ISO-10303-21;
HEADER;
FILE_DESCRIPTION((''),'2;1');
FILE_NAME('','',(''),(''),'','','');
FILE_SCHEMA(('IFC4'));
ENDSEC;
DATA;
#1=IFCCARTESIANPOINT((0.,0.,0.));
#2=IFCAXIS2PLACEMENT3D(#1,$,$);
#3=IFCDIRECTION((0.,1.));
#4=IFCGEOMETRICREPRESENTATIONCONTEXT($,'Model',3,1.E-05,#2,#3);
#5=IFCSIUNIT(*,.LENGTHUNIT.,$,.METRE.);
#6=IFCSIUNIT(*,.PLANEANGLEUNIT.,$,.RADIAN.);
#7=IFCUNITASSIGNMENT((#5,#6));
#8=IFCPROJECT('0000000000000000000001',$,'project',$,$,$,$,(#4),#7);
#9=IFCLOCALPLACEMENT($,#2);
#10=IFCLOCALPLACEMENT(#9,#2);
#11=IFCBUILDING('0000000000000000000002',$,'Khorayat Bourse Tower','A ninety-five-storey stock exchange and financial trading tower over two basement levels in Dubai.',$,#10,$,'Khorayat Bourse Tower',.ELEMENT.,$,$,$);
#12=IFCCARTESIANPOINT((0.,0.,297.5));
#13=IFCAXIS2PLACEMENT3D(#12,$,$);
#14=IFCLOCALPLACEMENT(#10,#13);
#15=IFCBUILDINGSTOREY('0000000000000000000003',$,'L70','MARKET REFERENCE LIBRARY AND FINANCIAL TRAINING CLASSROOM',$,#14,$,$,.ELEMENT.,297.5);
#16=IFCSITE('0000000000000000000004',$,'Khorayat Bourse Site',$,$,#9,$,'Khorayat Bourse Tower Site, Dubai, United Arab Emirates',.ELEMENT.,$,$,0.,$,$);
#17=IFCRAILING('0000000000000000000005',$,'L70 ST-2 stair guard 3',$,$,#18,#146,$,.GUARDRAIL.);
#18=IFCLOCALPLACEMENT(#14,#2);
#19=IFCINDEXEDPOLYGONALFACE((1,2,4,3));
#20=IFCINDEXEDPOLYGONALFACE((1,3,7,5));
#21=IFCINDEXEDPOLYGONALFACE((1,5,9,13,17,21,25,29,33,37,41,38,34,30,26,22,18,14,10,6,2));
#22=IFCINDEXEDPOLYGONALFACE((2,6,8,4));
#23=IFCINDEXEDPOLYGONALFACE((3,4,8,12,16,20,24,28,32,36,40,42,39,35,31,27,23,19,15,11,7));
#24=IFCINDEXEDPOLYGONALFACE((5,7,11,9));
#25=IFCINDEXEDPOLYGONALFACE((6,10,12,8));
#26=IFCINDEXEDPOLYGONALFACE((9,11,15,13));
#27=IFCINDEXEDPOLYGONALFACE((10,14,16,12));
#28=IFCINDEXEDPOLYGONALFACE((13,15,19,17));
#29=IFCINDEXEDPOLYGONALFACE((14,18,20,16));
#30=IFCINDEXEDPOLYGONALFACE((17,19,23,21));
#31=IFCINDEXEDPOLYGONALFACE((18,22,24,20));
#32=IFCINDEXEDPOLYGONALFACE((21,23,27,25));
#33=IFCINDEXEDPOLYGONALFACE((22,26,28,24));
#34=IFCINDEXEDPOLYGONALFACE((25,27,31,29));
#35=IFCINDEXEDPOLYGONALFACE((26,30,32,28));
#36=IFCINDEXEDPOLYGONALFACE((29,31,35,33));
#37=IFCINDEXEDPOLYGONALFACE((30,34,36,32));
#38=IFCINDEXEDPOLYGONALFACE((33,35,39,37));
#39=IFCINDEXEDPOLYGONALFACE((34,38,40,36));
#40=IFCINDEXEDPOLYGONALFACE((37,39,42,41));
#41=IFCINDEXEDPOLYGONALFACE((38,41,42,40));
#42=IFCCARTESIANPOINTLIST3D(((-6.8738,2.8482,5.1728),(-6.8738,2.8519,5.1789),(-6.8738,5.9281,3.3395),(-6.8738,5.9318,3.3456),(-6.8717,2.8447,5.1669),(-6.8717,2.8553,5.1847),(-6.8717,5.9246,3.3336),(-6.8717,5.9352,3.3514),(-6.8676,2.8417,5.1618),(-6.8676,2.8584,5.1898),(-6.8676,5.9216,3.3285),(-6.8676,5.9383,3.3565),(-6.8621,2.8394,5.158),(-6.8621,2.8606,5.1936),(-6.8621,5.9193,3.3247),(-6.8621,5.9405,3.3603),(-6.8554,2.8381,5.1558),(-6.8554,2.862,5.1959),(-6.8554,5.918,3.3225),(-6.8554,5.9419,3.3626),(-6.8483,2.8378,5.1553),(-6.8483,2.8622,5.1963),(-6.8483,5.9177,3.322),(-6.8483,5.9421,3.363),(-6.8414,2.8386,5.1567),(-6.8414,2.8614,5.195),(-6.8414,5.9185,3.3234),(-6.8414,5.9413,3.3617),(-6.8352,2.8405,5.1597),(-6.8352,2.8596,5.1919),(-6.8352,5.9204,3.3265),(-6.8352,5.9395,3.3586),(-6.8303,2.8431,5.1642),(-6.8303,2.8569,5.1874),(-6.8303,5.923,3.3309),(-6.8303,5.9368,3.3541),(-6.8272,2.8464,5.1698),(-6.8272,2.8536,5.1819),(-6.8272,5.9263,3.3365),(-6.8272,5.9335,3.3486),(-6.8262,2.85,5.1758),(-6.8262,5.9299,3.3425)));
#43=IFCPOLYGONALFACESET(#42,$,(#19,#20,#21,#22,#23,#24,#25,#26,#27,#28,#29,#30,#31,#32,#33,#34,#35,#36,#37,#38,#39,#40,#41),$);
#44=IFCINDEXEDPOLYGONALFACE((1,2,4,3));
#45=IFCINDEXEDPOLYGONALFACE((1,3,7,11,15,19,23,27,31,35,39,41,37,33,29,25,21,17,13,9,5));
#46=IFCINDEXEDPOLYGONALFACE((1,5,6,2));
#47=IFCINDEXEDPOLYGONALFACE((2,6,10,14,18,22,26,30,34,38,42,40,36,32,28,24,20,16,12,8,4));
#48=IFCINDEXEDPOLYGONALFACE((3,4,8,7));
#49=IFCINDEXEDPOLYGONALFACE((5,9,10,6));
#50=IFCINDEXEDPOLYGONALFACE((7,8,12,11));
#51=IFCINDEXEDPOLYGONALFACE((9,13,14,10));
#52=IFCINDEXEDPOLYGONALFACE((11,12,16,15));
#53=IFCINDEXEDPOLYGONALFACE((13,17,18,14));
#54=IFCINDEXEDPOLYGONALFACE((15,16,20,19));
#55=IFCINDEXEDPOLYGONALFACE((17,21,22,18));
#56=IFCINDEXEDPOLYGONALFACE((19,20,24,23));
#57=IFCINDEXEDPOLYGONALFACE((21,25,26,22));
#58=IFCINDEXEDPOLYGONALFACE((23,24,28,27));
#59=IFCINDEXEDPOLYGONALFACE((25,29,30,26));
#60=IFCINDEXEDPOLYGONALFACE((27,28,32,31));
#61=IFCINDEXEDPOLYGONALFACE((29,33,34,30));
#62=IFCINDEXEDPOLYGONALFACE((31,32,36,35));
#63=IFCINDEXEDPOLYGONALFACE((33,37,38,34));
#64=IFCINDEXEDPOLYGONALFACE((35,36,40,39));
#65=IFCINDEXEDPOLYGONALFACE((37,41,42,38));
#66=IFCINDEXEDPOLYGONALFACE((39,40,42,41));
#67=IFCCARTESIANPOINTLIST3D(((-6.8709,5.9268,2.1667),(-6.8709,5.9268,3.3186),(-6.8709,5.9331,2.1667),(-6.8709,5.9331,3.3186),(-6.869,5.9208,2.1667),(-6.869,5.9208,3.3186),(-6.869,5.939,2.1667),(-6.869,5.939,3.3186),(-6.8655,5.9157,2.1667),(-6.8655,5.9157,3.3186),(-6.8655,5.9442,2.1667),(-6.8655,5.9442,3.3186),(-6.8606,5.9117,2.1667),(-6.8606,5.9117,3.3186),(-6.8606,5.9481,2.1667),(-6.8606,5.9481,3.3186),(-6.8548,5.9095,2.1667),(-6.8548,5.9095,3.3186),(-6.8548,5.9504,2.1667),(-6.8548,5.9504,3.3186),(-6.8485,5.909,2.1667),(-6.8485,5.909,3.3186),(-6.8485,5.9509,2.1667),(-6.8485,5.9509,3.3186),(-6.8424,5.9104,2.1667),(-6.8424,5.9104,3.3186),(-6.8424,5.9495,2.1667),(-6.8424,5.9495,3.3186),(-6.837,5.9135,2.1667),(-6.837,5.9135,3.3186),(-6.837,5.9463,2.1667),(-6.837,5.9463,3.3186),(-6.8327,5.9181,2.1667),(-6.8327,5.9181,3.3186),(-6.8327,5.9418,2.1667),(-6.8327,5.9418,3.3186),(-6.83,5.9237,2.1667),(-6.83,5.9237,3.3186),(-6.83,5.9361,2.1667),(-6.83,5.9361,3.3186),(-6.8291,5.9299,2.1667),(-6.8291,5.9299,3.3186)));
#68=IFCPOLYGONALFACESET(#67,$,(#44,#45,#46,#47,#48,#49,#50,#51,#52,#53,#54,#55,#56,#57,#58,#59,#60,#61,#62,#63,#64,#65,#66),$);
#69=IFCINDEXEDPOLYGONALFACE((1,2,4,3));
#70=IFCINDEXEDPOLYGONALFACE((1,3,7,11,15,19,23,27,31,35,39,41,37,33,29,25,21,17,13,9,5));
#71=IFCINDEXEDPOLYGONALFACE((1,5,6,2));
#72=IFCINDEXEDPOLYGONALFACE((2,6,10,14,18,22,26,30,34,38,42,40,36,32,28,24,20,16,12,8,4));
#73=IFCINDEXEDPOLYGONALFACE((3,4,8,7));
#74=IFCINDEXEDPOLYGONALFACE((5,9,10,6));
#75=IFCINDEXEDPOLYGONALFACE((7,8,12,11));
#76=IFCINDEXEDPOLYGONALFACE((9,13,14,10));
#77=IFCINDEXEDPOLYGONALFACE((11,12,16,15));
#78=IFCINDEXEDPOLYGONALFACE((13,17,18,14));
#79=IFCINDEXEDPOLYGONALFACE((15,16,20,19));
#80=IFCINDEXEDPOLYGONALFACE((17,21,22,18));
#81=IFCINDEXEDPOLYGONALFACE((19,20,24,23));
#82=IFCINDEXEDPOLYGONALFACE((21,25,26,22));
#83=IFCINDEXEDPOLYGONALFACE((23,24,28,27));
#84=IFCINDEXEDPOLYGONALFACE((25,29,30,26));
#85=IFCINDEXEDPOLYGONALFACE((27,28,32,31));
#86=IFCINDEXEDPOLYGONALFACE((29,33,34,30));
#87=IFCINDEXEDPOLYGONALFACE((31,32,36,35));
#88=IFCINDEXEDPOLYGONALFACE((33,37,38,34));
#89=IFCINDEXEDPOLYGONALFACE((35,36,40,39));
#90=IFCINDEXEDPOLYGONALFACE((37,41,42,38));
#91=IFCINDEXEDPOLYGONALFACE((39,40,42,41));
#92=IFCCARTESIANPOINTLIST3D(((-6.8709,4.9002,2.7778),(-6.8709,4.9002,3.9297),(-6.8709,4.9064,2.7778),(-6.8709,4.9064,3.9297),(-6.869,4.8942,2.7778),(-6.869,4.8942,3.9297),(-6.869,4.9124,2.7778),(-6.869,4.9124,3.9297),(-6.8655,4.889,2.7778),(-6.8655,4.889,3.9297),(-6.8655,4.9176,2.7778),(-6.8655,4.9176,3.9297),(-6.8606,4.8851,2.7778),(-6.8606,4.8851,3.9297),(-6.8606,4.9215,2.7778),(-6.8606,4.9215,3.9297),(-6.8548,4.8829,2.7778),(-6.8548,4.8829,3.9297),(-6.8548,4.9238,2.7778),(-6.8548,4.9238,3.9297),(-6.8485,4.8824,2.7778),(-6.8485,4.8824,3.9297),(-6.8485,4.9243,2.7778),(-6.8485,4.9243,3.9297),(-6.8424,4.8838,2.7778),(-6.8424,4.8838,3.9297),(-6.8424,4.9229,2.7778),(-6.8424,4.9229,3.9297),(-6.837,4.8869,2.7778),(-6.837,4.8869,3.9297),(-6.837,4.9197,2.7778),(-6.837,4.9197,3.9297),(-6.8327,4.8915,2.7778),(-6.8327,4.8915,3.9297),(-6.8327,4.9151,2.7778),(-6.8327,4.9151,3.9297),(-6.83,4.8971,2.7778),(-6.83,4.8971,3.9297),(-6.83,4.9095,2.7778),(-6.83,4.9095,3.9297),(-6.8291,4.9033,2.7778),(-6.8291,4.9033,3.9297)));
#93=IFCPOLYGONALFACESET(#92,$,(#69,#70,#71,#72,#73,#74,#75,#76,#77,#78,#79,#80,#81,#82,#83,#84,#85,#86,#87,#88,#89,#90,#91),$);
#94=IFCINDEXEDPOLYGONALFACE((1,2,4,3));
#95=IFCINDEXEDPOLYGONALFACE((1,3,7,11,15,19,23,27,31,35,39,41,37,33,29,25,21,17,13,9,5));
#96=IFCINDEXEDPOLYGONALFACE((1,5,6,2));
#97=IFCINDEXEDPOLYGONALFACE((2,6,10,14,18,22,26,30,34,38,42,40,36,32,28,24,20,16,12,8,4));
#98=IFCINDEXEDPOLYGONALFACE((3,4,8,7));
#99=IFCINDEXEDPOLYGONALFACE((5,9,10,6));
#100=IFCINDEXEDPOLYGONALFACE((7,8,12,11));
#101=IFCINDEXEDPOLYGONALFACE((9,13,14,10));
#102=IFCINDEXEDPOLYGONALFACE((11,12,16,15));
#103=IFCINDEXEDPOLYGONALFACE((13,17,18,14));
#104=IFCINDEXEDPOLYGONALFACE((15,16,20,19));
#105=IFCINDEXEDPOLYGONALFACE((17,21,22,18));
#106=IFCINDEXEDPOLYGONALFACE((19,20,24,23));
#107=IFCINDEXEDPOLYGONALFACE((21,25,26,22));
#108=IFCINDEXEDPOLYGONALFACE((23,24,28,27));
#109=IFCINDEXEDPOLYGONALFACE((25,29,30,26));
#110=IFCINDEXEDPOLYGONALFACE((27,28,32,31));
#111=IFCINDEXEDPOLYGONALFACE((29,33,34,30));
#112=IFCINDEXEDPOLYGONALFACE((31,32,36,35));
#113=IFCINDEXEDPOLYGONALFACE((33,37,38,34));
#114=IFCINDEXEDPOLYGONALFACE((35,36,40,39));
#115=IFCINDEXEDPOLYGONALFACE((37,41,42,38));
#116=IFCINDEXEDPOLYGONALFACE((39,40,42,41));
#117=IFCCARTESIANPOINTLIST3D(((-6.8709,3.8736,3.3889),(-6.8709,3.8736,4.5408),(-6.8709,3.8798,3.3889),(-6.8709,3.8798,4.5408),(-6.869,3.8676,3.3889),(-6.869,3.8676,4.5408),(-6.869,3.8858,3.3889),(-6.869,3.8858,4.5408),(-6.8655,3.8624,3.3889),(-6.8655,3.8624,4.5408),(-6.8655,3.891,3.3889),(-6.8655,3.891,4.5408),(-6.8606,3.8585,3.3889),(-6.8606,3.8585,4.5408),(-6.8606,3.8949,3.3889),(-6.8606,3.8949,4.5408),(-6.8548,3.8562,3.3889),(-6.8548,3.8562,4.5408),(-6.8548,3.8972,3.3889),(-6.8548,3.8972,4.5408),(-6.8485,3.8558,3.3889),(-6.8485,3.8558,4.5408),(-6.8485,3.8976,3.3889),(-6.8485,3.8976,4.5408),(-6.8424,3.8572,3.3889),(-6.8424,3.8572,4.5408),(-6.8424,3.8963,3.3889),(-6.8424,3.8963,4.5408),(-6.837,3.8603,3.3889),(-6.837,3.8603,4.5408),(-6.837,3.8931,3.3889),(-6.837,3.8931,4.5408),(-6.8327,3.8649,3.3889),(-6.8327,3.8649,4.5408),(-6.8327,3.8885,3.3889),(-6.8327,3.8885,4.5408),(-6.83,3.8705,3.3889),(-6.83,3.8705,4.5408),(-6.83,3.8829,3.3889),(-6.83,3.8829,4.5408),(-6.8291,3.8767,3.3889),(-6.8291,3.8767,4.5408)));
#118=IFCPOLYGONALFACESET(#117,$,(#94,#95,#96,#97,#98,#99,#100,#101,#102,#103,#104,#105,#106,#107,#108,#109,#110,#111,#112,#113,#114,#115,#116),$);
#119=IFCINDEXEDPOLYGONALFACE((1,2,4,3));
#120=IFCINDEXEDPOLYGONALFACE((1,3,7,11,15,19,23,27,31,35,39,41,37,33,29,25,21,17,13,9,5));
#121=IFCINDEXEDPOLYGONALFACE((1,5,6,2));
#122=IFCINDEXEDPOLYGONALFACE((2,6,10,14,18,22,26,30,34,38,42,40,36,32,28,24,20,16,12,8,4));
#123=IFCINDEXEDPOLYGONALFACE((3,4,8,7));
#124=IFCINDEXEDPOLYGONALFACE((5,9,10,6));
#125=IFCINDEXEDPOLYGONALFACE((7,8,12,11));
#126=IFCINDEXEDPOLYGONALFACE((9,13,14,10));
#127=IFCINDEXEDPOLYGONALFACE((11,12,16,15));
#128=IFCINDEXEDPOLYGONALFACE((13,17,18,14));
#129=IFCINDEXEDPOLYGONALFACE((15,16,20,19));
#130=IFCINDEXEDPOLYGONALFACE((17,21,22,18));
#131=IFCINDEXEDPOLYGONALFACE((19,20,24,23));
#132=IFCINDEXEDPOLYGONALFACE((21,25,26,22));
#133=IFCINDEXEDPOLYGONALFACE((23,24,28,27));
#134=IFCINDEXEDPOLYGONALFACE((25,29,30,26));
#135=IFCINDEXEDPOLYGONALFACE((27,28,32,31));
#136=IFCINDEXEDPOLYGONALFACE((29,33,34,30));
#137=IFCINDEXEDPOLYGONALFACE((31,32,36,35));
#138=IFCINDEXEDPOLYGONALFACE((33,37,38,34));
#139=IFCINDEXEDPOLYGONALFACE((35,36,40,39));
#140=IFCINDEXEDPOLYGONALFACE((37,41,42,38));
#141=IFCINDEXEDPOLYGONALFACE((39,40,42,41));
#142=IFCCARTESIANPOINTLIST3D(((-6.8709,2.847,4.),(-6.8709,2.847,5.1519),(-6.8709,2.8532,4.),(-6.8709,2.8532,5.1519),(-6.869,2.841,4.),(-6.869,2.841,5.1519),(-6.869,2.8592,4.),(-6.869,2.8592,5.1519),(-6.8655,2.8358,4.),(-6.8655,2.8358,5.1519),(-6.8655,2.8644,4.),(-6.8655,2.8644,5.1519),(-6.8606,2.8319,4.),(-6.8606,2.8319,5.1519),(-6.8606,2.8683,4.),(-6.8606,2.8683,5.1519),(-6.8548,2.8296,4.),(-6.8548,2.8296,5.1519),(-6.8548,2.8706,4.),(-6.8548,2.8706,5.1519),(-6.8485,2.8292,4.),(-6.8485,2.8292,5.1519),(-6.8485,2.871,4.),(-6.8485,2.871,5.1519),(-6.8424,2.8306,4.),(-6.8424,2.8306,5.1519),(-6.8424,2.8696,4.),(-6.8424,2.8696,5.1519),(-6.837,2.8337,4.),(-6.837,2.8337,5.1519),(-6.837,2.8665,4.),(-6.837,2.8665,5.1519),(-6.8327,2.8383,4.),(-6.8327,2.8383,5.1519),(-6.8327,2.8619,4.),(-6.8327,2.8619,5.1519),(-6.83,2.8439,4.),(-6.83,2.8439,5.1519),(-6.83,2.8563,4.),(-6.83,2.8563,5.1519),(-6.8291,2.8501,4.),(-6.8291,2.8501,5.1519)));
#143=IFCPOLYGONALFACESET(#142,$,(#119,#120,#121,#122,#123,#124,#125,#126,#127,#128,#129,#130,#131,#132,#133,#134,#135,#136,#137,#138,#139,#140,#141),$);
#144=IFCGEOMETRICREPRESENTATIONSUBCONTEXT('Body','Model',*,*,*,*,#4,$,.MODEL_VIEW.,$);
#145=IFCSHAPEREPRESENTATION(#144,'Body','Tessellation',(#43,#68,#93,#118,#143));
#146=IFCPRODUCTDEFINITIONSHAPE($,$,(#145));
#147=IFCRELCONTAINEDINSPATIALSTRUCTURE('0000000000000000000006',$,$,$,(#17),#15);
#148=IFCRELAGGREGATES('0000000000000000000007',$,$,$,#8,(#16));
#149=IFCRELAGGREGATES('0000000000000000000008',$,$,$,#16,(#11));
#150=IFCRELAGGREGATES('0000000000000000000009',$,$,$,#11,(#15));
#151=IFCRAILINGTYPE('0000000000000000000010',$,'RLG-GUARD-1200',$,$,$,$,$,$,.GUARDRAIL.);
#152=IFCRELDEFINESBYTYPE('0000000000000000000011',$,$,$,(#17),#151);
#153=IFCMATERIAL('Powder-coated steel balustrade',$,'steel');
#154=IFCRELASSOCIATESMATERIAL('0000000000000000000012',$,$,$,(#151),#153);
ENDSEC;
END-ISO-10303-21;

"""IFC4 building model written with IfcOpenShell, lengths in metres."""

from ifc_helpers import new_model, si_unit, direction, frame, origin, origin_2d, place, context, subcontext, project, spatial, circle, extrude, source, transform, mapped, material, type_object, element, save


model = new_model("IFC4")

# Units and contexts
model_context = context("Model", 3, precision=1e-05, world=origin(), true_north=direction((0.0, 1.0)))
body_context = subcontext(model_context, "Body", "Model", "MODEL_VIEW")
ifc_project = project(units=[si_unit("LENGTHUNIT", "METRE"), si_unit("PLANEANGLEUNIT", "RADIAN")], contexts=[model_context])

# Site, building, storey
site_placement = place(None, origin())
site = spatial("IfcSite", under=ifc_project, at=site_placement, Name="Khorayat Bourse Site", LongName="Khorayat Bourse Tower Site, Dubai, United Arab Emirates", CompositionType="ELEMENT", RefElevation=0.0)
building_placement = place(site_placement, origin())
building = spatial("IfcBuilding", under=site, at=building_placement, Name="Khorayat Bourse Tower", Description="A ninety-five-storey stock exchange and financial trading tower over two basement levels in Dubai.", LongName="Khorayat Bourse Tower", CompositionType="ELEMENT")
storey_placement = place(building_placement, frame((0.0, 0.0, 297.5)))
storey = spatial("IfcBuildingStorey", under=building, at=storey_placement, Name="L70", Description="MARKET REFERENCE LIBRARY AND FINANCIAL TRAINING CLASSROOM", CompositionType="ELEMENT", Elevation=297.5)

# Railing
ifc_material_1 = material(Name="Powder-coated steel balustrade", Category="steel")
railing_type_1 = type_object("IfcRailingType", Name="RLG-GUARD-1200", PredefinedType="GUARDRAIL", material=ifc_material_1)
shared_shape_1 = source(origin(), body_context, "Body", "SweptSolid", [
    extrude(circle(Radius=0.0239, at=origin_2d()), frame((0.0, 0.0, 1.1758), z_axis=(0.0, -0.859291, 0.511487), x_axis=(1.0, 0.0, 0.0)), (0.0, 0.0, 1.0), 3.5842),
    extrude(circle(Radius=0.021, at=origin_2d()), origin(), (0.0, 0.0, 1.0), 1.1519),
    extrude(circle(Radius=0.021, at=origin_2d()), frame((0.0, -1.0266, 0.6111)), (0.0, 0.0, 1.0), 1.1519),
    extrude(circle(Radius=0.021, at=origin_2d()), frame((0.0, -2.0532, 1.2222)), (0.0, 0.0, 1.0), 1.1519),
    extrude(circle(Radius=0.021, at=origin_2d()), frame((0.0, -3.0798, 1.8333)), (0.0, 0.0, 1.0), 1.1519),
])
railing_1_placement = place(storey_placement, frame((-6.8501, 5.9299, 2.1667)))
element("IfcRailing", 1, at=railing_1_placement, inside=storey, type_object=railing_type_1, Name="L70 ST-2 stair guard 3", PredefinedType="GUARDRAIL", context=body_context, shape_type="MappedRepresentation", body=[
    mapped(shared_shape_1, transform((0.0, 0.0, 0.0), scale=1.0)),
])

save(model, "model.ifc")
